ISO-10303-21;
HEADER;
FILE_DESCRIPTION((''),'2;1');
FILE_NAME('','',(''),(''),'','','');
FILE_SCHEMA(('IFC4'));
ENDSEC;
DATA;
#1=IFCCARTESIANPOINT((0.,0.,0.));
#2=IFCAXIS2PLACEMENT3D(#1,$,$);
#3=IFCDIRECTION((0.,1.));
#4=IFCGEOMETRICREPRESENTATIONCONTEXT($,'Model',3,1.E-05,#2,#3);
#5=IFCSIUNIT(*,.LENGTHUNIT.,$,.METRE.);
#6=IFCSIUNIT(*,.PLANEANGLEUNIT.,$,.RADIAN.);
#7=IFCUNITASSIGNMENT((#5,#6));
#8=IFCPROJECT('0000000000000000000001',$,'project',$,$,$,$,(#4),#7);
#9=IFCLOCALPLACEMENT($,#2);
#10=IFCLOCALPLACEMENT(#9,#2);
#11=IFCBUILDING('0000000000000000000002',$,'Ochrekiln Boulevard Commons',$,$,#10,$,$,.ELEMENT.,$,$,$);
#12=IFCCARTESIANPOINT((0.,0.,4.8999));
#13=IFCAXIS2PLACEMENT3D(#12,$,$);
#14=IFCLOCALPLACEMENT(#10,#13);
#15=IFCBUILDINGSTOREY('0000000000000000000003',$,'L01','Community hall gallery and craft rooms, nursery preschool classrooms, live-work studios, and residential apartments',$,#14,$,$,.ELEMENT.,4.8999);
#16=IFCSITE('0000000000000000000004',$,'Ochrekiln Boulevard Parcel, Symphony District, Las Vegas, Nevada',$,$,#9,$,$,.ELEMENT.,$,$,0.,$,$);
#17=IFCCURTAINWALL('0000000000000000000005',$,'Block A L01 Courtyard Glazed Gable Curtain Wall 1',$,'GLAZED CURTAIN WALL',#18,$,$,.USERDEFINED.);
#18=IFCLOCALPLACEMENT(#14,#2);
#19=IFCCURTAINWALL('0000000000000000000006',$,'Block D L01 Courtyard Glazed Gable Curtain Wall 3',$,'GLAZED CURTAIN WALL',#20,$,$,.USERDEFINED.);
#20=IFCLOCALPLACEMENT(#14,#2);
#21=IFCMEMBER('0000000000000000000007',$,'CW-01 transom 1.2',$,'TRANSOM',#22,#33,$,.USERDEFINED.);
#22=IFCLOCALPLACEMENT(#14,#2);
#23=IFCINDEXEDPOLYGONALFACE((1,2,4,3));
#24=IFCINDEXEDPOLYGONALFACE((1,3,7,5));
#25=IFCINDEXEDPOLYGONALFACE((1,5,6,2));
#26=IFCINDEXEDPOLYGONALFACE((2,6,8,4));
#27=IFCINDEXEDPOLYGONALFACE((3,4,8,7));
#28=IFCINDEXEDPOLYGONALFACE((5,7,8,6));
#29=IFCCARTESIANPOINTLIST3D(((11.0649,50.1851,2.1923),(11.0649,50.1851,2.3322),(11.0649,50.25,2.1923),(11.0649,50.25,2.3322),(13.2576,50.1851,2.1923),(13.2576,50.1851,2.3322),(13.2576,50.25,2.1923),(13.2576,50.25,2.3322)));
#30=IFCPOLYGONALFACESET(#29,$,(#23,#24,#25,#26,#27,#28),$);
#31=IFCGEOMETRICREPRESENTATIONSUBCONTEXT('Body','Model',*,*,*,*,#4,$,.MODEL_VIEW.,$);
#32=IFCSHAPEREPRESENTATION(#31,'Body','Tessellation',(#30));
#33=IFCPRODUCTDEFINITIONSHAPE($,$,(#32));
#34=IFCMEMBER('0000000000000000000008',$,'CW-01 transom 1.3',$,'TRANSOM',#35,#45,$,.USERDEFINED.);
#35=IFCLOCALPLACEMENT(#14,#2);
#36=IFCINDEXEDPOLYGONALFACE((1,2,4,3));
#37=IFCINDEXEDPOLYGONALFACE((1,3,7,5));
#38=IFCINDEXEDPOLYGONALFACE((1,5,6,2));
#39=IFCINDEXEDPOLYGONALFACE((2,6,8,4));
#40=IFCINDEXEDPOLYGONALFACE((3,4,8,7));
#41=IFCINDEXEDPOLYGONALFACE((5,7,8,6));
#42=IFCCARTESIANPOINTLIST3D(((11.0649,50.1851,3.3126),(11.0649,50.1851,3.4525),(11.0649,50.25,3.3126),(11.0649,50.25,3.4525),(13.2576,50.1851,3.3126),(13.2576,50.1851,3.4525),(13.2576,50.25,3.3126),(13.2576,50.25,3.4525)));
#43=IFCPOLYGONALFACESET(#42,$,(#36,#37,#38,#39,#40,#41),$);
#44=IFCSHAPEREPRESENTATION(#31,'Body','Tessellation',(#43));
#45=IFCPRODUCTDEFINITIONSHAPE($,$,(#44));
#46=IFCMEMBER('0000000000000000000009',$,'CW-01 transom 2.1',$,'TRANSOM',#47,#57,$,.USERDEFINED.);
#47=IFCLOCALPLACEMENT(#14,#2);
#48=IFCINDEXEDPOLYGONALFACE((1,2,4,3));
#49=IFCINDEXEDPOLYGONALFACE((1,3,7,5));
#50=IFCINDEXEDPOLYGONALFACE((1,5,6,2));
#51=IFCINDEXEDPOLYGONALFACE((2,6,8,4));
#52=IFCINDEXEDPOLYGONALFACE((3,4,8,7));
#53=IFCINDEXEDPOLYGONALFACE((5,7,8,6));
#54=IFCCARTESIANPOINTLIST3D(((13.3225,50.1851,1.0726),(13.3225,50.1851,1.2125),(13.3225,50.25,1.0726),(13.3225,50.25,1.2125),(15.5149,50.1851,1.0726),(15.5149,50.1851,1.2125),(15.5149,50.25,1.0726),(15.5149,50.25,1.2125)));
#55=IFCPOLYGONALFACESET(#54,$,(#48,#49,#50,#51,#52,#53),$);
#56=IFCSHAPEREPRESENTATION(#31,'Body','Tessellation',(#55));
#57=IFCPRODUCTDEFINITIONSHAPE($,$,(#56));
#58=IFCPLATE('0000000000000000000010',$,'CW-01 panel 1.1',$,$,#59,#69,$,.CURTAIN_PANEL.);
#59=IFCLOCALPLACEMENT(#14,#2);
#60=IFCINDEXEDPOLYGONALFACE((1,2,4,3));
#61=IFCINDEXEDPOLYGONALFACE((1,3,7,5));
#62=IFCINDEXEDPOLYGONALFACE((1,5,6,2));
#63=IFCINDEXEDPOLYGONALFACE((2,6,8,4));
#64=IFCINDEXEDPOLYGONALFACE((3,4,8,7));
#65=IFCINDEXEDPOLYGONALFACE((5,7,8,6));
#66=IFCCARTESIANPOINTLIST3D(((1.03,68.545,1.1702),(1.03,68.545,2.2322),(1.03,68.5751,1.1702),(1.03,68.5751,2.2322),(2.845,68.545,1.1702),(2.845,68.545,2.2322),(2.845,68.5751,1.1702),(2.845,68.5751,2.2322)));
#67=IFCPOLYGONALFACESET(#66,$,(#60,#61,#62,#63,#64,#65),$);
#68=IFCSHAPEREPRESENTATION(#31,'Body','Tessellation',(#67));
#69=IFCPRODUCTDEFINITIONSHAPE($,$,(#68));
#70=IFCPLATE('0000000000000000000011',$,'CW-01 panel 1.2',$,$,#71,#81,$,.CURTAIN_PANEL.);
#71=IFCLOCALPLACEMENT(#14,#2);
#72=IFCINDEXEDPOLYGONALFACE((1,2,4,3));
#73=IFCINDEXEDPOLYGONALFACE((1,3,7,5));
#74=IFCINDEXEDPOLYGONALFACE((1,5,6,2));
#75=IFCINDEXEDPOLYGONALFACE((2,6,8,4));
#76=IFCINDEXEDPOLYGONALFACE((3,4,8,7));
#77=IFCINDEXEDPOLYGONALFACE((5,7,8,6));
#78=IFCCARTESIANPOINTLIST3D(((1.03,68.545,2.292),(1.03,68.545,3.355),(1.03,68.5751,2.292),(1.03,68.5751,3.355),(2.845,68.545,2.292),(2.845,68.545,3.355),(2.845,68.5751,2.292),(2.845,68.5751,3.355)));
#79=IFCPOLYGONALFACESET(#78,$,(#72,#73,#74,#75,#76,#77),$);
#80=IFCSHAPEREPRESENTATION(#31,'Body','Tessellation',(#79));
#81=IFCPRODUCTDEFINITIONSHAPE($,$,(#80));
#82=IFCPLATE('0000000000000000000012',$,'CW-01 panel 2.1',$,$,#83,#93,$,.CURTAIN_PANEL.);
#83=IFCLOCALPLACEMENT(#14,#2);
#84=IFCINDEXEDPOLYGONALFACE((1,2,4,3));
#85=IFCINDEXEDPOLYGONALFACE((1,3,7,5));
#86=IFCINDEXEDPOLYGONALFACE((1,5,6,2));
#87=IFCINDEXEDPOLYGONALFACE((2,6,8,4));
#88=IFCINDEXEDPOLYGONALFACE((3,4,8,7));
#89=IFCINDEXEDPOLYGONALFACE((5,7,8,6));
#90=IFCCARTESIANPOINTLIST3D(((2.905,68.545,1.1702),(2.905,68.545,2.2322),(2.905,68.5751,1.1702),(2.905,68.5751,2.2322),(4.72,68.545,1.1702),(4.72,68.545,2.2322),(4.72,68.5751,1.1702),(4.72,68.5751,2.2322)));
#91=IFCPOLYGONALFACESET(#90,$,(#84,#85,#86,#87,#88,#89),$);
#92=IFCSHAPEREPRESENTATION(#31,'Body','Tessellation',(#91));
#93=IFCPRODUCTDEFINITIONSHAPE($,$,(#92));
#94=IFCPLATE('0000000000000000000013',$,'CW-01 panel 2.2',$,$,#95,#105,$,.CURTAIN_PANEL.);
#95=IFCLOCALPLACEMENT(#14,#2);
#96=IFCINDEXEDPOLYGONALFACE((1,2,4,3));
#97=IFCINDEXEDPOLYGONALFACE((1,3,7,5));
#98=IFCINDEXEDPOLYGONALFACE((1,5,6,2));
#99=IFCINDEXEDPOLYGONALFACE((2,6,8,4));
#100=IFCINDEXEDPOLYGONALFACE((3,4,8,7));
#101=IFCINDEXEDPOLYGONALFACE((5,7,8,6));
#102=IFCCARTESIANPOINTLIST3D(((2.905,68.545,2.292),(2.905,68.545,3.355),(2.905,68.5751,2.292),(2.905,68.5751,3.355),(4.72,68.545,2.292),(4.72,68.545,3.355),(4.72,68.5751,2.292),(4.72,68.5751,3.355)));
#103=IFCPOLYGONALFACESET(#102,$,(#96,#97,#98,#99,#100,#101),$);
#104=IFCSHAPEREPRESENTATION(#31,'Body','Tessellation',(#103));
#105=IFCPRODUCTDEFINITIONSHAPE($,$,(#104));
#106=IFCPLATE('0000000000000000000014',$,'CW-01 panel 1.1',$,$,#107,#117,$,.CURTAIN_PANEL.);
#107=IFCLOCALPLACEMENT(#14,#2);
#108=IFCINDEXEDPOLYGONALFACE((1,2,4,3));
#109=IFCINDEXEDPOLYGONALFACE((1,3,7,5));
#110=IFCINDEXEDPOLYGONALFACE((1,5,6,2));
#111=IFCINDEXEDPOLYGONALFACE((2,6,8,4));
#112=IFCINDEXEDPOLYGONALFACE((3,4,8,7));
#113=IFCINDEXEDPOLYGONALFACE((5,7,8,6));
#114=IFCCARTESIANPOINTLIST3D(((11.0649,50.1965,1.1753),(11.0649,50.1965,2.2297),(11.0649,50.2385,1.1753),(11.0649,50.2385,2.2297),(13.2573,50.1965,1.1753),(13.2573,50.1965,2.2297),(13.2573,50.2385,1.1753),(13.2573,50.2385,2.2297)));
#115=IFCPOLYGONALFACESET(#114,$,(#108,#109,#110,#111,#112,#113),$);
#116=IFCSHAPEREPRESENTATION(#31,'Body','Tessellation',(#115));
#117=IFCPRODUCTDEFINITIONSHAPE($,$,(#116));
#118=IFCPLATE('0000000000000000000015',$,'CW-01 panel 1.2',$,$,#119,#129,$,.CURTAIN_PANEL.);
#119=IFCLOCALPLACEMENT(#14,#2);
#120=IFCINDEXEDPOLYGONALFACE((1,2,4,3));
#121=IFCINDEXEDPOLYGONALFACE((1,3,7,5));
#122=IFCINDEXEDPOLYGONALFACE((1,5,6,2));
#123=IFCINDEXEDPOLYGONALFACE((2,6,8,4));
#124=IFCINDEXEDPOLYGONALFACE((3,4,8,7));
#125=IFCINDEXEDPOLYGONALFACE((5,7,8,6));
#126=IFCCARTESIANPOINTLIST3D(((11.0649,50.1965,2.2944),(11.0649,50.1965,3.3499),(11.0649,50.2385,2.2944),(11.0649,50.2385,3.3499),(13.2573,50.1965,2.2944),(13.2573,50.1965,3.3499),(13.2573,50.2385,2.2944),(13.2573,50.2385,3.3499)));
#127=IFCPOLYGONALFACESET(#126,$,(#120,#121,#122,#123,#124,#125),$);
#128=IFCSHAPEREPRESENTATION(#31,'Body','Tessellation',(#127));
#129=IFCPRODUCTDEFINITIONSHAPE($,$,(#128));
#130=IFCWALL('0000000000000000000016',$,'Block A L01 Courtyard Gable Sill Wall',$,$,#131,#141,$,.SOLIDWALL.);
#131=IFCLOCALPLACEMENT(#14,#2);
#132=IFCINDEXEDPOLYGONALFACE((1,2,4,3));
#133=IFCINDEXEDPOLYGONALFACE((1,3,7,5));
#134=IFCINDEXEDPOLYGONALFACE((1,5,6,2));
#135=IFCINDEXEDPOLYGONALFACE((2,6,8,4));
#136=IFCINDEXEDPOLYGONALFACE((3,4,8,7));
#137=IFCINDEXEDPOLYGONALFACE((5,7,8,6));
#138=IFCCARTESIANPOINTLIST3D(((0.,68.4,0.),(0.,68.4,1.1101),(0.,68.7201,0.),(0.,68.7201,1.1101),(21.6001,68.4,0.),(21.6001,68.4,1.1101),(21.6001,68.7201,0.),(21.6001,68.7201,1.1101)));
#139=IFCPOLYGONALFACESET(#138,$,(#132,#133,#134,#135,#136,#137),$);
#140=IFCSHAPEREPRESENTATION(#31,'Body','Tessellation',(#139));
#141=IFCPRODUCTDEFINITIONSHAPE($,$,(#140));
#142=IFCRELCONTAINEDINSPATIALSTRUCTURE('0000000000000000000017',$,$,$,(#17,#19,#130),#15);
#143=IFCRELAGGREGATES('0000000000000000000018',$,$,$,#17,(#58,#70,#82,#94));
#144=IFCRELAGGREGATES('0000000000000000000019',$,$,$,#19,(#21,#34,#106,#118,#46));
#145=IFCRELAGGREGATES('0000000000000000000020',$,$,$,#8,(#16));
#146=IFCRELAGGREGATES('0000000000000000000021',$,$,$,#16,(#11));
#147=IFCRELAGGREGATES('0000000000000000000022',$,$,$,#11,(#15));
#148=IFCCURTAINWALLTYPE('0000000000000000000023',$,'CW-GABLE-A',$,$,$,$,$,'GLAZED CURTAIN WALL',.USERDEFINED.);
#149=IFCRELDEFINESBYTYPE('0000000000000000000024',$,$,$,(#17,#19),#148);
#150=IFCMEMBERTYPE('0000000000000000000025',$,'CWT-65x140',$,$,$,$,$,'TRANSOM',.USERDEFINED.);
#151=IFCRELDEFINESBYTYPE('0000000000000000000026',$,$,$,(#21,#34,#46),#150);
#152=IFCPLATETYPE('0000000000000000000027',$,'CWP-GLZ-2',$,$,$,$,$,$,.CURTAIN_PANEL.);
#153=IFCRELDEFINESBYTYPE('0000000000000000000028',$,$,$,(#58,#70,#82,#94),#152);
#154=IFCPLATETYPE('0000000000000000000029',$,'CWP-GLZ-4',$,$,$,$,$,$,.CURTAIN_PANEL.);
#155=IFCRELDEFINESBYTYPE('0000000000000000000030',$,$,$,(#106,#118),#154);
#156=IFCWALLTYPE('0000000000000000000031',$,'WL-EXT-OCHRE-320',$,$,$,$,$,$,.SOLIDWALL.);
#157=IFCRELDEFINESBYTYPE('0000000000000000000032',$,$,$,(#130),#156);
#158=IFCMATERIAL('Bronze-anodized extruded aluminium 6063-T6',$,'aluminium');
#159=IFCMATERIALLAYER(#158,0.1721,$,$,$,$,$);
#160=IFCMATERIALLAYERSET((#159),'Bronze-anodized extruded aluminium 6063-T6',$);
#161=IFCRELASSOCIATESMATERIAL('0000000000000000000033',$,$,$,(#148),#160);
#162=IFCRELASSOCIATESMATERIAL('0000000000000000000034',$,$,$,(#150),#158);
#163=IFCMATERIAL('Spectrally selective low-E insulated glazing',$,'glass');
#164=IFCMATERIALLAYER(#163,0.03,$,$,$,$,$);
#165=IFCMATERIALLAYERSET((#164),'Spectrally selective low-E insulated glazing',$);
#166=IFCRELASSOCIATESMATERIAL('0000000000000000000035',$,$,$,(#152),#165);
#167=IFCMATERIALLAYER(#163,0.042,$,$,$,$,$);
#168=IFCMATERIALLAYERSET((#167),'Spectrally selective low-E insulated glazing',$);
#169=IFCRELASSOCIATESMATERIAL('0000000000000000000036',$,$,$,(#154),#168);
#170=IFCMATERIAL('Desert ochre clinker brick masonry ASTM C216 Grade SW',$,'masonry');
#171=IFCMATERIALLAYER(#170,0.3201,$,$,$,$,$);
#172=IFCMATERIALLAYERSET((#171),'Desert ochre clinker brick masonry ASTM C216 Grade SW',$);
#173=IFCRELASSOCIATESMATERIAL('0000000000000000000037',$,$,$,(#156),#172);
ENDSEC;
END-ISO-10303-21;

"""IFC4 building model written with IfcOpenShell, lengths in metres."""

from ifc_helpers import new_model, si_unit, direction, frame, frame_2d, origin, origin_2d, place, context, subcontext, project, spatial, rectangle, extrude, material, layer, layer_set, material_profile, profile_set, type_object, element, aggregate, save


model = new_model("IFC4")

# Units and contexts
model_context = context("Model", 3, precision=1e-05, world=origin(), true_north=direction((0.0, 1.0)))
body_context = subcontext(model_context, "Body", "Model", "MODEL_VIEW")
ifc_project = project(units=[si_unit("LENGTHUNIT", "METRE"), si_unit("PLANEANGLEUNIT", "RADIAN")], contexts=[model_context])

# Site, building, storey
site_placement = place(None, origin())
site = spatial("IfcSite", under=ifc_project, at=site_placement, Name="Ochrekiln Boulevard Parcel, Symphony District, Las Vegas, Nevada", CompositionType="ELEMENT", RefElevation=0.0)
building_placement = place(site_placement, origin())
building = spatial("IfcBuilding", under=site, at=building_placement, Name="Ochrekiln Boulevard Commons", CompositionType="ELEMENT")
storey_placement = place(building_placement, frame((0.0, 0.0, 4.8999)))
storey = spatial("IfcBuildingStorey", under=building, at=storey_placement, Name="L01", Description="Community hall gallery and craft rooms, nursery preschool classrooms, live-work studios, and residential apartments", CompositionType="ELEMENT", Elevation=4.8999)

# Curtain wall
ifc_material_1 = material(Name="Bronze-anodized extruded aluminium 6063-T6", Category="aluminium")
ifc_layer_1 = layer(ifc_material_1, 0.1721)
ifc_layer_set_1 = layer_set([ifc_layer_1], Name="Bronze-anodized extruded aluminium 6063-T6")
curtain_wall_type = type_object("IfcCurtainWallType", Name="CW-GABLE-A", ElementType="GLAZED CURTAIN WALL", PredefinedType="USERDEFINED", material=ifc_layer_set_1)
curtain_wall_1_placement = place(storey_placement, origin())
curtain_wall_1 = element("IfcCurtainWall", 1, at=curtain_wall_1_placement, inside=storey, type_object=curtain_wall_type, Name="Block A L01 Courtyard Glazed Gable Curtain Wall 1", ObjectType="GLAZED CURTAIN WALL", PredefinedType="USERDEFINED")

# Curtain wall
curtain_wall_2_placement = place(storey_placement, origin())
curtain_wall_2 = element("IfcCurtainWall", 2, at=curtain_wall_2_placement, inside=storey, type_object=curtain_wall_type, Name="Block D L01 Courtyard Glazed Gable Curtain Wall 3", ObjectType="GLAZED CURTAIN WALL", PredefinedType="USERDEFINED")

# Members
ifc_material_profile_1 = material_profile(ifc_material_1, rectangle(XDim=0.0649, YDim=0.1399, at=origin_2d()), Name="ALU-TRN-65x140")
ifc_profile_set_1 = profile_set([ifc_material_profile_1], Name="Bronze-anodized extruded aluminium 6063-T6")
member_type_1 = type_object("IfcMemberType", Name="CWT-65x140", ElementType="TRANSOM", PredefinedType="USERDEFINED", material=ifc_profile_set_1)
member_1_placement = place(storey_placement, frame((11.0649, 50.2175, 2.2622), z_axis=(1.0, 0.0, 0.0), x_axis=(0.0, 1.0, 0.0)))
member_1 = element("IfcMember", 3, at=member_1_placement, type_object=member_type_1, Name="CW-01 transom 1.2", ObjectType="TRANSOM", PredefinedType="USERDEFINED", context=body_context, shape_type="SweptSolid", body=[
    extrude(rectangle(XDim=0.0649, YDim=0.1399, at=origin_2d()), origin(), (0.0, 0.0, 1.0), 2.1926),
])
member_2_placement = place(storey_placement, frame((11.0649, 50.2175, 3.3826), z_axis=(1.0, 0.0, 0.0), x_axis=(0.0, 1.0, 0.0)))
member_2 = element("IfcMember", 4, at=member_2_placement, type_object=member_type_1, Name="CW-01 transom 1.3", ObjectType="TRANSOM", PredefinedType="USERDEFINED", context=body_context, shape_type="SweptSolid", body=[
    extrude(rectangle(XDim=0.0649, YDim=0.1399, at=origin_2d()), origin(), (0.0, 0.0, 1.0), 2.1926),
])
member_3_placement = place(storey_placement, frame((13.3225, 50.2175, 1.1426), z_axis=(1.0, 0.0, 0.0), x_axis=(0.0, 1.0, 0.0)))
member_3 = element("IfcMember", 5, at=member_3_placement, type_object=member_type_1, Name="CW-01 transom 2.1", ObjectType="TRANSOM", PredefinedType="USERDEFINED", context=body_context, shape_type="SweptSolid", body=[
    extrude(rectangle(XDim=0.0649, YDim=0.1399, at=origin_2d()), origin(), (0.0, 0.0, 1.0), 2.1924),
])

# Plates
ifc_material_2 = material(Name="Spectrally selective low-E insulated glazing", Category="glass")
ifc_layer_2 = layer(ifc_material_2, 0.03)
ifc_layer_set_2 = layer_set([ifc_layer_2], Name="Spectrally selective low-E insulated glazing")
plate_type_1 = type_object("IfcPlateType", Name="CWP-GLZ-2", PredefinedType="CURTAIN_PANEL", material=ifc_layer_set_2)
plate_1_placement = place(storey_placement, frame((1.9375, 68.5601, 1.1702), z_axis=(0.0, 0.0, 1.0), x_axis=(1.0, 0.0, 0.0)))
plate_1 = element("IfcPlate", 6, at=plate_1_placement, type_object=plate_type_1, Name="CW-01 panel 1.1", PredefinedType="CURTAIN_PANEL", context=body_context, shape_type="SweptSolid", body=[
    extrude(rectangle(XDim=1.8149, YDim=0.03, at=origin_2d()), origin(), (0.0, 0.0, 1.0), 1.062),
])
plate_2_placement = place(storey_placement, frame((1.9375, 68.5601, 2.292), z_axis=(0.0, 0.0, 1.0), x_axis=(1.0, 0.0, 0.0)))
plate_2 = element("IfcPlate", 7, at=plate_2_placement, type_object=plate_type_1, Name="CW-01 panel 1.2", PredefinedType="CURTAIN_PANEL", context=body_context, shape_type="SweptSolid", body=[
    extrude(rectangle(XDim=1.8149, YDim=0.03, at=origin_2d()), origin(), (0.0, 0.0, 1.0), 1.063),
])
plate_3_placement = place(storey_placement, frame((3.8125, 68.5601, 1.1702), z_axis=(0.0, 0.0, 1.0), x_axis=(1.0, 0.0, 0.0)))
plate_3 = element("IfcPlate", 8, at=plate_3_placement, type_object=plate_type_1, Name="CW-01 panel 2.1", PredefinedType="CURTAIN_PANEL", context=body_context, shape_type="SweptSolid", body=[
    extrude(rectangle(XDim=1.8149, YDim=0.03, at=origin_2d()), origin(), (0.0, 0.0, 1.0), 1.062),
])
plate_4_placement = place(storey_placement, frame((3.8125, 68.5601, 2.292), z_axis=(0.0, 0.0, 1.0), x_axis=(1.0, 0.0, 0.0)))
plate_4 = element("IfcPlate", 9, at=plate_4_placement, type_object=plate_type_1, Name="CW-01 panel 2.2", PredefinedType="CURTAIN_PANEL", context=body_context, shape_type="SweptSolid", body=[
    extrude(rectangle(XDim=1.8149, YDim=0.03, at=origin_2d()), origin(), (0.0, 0.0, 1.0), 1.063),
])
aggregate(curtain_wall_1, [plate_1, plate_2, plate_3, plate_4])
ifc_layer_3 = layer(ifc_material_2, 0.042)
ifc_layer_set_3 = layer_set([ifc_layer_3], Name="Spectrally selective low-E insulated glazing")
plate_type_2 = type_object("IfcPlateType", Name="CWP-GLZ-4", PredefinedType="CURTAIN_PANEL", material=ifc_layer_set_3)
plate_5_placement = place(storey_placement, frame((12.1611, 50.2175, 1.1753), z_axis=(0.0, 0.0, 1.0), x_axis=(1.0, 0.0, 0.0)))
plate_5 = element("IfcPlate", 10, at=plate_5_placement, type_object=plate_type_2, Name="CW-01 panel 1.1", PredefinedType="CURTAIN_PANEL", context=body_context, shape_type="SweptSolid", body=[
    extrude(rectangle(XDim=2.1924, YDim=0.042, at=origin_2d()), origin(), (0.0, 0.0, 1.0), 1.0544),
])
plate_6_placement = place(storey_placement, frame((12.1611, 50.2175, 2.2944), z_axis=(0.0, 0.0, 1.0), x_axis=(1.0, 0.0, 0.0)))
plate_6 = element("IfcPlate", 11, at=plate_6_placement, type_object=plate_type_2, Name="CW-01 panel 1.2", PredefinedType="CURTAIN_PANEL", context=body_context, shape_type="SweptSolid", body=[
    extrude(rectangle(XDim=2.1924, YDim=0.042, at=origin_2d()), origin(), (0.0, 0.0, 1.0), 1.0554),
])
aggregate(curtain_wall_2, [member_1, member_2, plate_5, plate_6, member_3])

# Wall
ifc_material_3 = material(Name="Desert ochre clinker brick masonry ASTM C216 Grade SW", Category="masonry")
ifc_layer_4 = layer(ifc_material_3, 0.3201)
ifc_layer_set_4 = layer_set([ifc_layer_4], Name="Desert ochre clinker brick masonry ASTM C216 Grade SW")
wall_type = type_object("IfcWallType", Name="WL-EXT-OCHRE-320", PredefinedType="SOLIDWALL", material=ifc_layer_set_4)
wall_placement = place(storey_placement, frame((0.0, 68.5601, 0.0), z_axis=(0.0, 0.0, 1.0), x_axis=(1.0, 0.0, 0.0)))
element("IfcWall", 12, at=wall_placement, inside=storey, type_object=wall_type, Name="Block A L01 Courtyard Gable Sill Wall", PredefinedType="SOLIDWALL", context=body_context, shape_type="SweptSolid", body=[
    extrude(rectangle(XDim=21.6001, YDim=0.3201, at=frame_2d((10.8, 0.0))), origin(), (0.0, 0.0, 1.0), 1.1101),
])

save(model, "model.ifc")
